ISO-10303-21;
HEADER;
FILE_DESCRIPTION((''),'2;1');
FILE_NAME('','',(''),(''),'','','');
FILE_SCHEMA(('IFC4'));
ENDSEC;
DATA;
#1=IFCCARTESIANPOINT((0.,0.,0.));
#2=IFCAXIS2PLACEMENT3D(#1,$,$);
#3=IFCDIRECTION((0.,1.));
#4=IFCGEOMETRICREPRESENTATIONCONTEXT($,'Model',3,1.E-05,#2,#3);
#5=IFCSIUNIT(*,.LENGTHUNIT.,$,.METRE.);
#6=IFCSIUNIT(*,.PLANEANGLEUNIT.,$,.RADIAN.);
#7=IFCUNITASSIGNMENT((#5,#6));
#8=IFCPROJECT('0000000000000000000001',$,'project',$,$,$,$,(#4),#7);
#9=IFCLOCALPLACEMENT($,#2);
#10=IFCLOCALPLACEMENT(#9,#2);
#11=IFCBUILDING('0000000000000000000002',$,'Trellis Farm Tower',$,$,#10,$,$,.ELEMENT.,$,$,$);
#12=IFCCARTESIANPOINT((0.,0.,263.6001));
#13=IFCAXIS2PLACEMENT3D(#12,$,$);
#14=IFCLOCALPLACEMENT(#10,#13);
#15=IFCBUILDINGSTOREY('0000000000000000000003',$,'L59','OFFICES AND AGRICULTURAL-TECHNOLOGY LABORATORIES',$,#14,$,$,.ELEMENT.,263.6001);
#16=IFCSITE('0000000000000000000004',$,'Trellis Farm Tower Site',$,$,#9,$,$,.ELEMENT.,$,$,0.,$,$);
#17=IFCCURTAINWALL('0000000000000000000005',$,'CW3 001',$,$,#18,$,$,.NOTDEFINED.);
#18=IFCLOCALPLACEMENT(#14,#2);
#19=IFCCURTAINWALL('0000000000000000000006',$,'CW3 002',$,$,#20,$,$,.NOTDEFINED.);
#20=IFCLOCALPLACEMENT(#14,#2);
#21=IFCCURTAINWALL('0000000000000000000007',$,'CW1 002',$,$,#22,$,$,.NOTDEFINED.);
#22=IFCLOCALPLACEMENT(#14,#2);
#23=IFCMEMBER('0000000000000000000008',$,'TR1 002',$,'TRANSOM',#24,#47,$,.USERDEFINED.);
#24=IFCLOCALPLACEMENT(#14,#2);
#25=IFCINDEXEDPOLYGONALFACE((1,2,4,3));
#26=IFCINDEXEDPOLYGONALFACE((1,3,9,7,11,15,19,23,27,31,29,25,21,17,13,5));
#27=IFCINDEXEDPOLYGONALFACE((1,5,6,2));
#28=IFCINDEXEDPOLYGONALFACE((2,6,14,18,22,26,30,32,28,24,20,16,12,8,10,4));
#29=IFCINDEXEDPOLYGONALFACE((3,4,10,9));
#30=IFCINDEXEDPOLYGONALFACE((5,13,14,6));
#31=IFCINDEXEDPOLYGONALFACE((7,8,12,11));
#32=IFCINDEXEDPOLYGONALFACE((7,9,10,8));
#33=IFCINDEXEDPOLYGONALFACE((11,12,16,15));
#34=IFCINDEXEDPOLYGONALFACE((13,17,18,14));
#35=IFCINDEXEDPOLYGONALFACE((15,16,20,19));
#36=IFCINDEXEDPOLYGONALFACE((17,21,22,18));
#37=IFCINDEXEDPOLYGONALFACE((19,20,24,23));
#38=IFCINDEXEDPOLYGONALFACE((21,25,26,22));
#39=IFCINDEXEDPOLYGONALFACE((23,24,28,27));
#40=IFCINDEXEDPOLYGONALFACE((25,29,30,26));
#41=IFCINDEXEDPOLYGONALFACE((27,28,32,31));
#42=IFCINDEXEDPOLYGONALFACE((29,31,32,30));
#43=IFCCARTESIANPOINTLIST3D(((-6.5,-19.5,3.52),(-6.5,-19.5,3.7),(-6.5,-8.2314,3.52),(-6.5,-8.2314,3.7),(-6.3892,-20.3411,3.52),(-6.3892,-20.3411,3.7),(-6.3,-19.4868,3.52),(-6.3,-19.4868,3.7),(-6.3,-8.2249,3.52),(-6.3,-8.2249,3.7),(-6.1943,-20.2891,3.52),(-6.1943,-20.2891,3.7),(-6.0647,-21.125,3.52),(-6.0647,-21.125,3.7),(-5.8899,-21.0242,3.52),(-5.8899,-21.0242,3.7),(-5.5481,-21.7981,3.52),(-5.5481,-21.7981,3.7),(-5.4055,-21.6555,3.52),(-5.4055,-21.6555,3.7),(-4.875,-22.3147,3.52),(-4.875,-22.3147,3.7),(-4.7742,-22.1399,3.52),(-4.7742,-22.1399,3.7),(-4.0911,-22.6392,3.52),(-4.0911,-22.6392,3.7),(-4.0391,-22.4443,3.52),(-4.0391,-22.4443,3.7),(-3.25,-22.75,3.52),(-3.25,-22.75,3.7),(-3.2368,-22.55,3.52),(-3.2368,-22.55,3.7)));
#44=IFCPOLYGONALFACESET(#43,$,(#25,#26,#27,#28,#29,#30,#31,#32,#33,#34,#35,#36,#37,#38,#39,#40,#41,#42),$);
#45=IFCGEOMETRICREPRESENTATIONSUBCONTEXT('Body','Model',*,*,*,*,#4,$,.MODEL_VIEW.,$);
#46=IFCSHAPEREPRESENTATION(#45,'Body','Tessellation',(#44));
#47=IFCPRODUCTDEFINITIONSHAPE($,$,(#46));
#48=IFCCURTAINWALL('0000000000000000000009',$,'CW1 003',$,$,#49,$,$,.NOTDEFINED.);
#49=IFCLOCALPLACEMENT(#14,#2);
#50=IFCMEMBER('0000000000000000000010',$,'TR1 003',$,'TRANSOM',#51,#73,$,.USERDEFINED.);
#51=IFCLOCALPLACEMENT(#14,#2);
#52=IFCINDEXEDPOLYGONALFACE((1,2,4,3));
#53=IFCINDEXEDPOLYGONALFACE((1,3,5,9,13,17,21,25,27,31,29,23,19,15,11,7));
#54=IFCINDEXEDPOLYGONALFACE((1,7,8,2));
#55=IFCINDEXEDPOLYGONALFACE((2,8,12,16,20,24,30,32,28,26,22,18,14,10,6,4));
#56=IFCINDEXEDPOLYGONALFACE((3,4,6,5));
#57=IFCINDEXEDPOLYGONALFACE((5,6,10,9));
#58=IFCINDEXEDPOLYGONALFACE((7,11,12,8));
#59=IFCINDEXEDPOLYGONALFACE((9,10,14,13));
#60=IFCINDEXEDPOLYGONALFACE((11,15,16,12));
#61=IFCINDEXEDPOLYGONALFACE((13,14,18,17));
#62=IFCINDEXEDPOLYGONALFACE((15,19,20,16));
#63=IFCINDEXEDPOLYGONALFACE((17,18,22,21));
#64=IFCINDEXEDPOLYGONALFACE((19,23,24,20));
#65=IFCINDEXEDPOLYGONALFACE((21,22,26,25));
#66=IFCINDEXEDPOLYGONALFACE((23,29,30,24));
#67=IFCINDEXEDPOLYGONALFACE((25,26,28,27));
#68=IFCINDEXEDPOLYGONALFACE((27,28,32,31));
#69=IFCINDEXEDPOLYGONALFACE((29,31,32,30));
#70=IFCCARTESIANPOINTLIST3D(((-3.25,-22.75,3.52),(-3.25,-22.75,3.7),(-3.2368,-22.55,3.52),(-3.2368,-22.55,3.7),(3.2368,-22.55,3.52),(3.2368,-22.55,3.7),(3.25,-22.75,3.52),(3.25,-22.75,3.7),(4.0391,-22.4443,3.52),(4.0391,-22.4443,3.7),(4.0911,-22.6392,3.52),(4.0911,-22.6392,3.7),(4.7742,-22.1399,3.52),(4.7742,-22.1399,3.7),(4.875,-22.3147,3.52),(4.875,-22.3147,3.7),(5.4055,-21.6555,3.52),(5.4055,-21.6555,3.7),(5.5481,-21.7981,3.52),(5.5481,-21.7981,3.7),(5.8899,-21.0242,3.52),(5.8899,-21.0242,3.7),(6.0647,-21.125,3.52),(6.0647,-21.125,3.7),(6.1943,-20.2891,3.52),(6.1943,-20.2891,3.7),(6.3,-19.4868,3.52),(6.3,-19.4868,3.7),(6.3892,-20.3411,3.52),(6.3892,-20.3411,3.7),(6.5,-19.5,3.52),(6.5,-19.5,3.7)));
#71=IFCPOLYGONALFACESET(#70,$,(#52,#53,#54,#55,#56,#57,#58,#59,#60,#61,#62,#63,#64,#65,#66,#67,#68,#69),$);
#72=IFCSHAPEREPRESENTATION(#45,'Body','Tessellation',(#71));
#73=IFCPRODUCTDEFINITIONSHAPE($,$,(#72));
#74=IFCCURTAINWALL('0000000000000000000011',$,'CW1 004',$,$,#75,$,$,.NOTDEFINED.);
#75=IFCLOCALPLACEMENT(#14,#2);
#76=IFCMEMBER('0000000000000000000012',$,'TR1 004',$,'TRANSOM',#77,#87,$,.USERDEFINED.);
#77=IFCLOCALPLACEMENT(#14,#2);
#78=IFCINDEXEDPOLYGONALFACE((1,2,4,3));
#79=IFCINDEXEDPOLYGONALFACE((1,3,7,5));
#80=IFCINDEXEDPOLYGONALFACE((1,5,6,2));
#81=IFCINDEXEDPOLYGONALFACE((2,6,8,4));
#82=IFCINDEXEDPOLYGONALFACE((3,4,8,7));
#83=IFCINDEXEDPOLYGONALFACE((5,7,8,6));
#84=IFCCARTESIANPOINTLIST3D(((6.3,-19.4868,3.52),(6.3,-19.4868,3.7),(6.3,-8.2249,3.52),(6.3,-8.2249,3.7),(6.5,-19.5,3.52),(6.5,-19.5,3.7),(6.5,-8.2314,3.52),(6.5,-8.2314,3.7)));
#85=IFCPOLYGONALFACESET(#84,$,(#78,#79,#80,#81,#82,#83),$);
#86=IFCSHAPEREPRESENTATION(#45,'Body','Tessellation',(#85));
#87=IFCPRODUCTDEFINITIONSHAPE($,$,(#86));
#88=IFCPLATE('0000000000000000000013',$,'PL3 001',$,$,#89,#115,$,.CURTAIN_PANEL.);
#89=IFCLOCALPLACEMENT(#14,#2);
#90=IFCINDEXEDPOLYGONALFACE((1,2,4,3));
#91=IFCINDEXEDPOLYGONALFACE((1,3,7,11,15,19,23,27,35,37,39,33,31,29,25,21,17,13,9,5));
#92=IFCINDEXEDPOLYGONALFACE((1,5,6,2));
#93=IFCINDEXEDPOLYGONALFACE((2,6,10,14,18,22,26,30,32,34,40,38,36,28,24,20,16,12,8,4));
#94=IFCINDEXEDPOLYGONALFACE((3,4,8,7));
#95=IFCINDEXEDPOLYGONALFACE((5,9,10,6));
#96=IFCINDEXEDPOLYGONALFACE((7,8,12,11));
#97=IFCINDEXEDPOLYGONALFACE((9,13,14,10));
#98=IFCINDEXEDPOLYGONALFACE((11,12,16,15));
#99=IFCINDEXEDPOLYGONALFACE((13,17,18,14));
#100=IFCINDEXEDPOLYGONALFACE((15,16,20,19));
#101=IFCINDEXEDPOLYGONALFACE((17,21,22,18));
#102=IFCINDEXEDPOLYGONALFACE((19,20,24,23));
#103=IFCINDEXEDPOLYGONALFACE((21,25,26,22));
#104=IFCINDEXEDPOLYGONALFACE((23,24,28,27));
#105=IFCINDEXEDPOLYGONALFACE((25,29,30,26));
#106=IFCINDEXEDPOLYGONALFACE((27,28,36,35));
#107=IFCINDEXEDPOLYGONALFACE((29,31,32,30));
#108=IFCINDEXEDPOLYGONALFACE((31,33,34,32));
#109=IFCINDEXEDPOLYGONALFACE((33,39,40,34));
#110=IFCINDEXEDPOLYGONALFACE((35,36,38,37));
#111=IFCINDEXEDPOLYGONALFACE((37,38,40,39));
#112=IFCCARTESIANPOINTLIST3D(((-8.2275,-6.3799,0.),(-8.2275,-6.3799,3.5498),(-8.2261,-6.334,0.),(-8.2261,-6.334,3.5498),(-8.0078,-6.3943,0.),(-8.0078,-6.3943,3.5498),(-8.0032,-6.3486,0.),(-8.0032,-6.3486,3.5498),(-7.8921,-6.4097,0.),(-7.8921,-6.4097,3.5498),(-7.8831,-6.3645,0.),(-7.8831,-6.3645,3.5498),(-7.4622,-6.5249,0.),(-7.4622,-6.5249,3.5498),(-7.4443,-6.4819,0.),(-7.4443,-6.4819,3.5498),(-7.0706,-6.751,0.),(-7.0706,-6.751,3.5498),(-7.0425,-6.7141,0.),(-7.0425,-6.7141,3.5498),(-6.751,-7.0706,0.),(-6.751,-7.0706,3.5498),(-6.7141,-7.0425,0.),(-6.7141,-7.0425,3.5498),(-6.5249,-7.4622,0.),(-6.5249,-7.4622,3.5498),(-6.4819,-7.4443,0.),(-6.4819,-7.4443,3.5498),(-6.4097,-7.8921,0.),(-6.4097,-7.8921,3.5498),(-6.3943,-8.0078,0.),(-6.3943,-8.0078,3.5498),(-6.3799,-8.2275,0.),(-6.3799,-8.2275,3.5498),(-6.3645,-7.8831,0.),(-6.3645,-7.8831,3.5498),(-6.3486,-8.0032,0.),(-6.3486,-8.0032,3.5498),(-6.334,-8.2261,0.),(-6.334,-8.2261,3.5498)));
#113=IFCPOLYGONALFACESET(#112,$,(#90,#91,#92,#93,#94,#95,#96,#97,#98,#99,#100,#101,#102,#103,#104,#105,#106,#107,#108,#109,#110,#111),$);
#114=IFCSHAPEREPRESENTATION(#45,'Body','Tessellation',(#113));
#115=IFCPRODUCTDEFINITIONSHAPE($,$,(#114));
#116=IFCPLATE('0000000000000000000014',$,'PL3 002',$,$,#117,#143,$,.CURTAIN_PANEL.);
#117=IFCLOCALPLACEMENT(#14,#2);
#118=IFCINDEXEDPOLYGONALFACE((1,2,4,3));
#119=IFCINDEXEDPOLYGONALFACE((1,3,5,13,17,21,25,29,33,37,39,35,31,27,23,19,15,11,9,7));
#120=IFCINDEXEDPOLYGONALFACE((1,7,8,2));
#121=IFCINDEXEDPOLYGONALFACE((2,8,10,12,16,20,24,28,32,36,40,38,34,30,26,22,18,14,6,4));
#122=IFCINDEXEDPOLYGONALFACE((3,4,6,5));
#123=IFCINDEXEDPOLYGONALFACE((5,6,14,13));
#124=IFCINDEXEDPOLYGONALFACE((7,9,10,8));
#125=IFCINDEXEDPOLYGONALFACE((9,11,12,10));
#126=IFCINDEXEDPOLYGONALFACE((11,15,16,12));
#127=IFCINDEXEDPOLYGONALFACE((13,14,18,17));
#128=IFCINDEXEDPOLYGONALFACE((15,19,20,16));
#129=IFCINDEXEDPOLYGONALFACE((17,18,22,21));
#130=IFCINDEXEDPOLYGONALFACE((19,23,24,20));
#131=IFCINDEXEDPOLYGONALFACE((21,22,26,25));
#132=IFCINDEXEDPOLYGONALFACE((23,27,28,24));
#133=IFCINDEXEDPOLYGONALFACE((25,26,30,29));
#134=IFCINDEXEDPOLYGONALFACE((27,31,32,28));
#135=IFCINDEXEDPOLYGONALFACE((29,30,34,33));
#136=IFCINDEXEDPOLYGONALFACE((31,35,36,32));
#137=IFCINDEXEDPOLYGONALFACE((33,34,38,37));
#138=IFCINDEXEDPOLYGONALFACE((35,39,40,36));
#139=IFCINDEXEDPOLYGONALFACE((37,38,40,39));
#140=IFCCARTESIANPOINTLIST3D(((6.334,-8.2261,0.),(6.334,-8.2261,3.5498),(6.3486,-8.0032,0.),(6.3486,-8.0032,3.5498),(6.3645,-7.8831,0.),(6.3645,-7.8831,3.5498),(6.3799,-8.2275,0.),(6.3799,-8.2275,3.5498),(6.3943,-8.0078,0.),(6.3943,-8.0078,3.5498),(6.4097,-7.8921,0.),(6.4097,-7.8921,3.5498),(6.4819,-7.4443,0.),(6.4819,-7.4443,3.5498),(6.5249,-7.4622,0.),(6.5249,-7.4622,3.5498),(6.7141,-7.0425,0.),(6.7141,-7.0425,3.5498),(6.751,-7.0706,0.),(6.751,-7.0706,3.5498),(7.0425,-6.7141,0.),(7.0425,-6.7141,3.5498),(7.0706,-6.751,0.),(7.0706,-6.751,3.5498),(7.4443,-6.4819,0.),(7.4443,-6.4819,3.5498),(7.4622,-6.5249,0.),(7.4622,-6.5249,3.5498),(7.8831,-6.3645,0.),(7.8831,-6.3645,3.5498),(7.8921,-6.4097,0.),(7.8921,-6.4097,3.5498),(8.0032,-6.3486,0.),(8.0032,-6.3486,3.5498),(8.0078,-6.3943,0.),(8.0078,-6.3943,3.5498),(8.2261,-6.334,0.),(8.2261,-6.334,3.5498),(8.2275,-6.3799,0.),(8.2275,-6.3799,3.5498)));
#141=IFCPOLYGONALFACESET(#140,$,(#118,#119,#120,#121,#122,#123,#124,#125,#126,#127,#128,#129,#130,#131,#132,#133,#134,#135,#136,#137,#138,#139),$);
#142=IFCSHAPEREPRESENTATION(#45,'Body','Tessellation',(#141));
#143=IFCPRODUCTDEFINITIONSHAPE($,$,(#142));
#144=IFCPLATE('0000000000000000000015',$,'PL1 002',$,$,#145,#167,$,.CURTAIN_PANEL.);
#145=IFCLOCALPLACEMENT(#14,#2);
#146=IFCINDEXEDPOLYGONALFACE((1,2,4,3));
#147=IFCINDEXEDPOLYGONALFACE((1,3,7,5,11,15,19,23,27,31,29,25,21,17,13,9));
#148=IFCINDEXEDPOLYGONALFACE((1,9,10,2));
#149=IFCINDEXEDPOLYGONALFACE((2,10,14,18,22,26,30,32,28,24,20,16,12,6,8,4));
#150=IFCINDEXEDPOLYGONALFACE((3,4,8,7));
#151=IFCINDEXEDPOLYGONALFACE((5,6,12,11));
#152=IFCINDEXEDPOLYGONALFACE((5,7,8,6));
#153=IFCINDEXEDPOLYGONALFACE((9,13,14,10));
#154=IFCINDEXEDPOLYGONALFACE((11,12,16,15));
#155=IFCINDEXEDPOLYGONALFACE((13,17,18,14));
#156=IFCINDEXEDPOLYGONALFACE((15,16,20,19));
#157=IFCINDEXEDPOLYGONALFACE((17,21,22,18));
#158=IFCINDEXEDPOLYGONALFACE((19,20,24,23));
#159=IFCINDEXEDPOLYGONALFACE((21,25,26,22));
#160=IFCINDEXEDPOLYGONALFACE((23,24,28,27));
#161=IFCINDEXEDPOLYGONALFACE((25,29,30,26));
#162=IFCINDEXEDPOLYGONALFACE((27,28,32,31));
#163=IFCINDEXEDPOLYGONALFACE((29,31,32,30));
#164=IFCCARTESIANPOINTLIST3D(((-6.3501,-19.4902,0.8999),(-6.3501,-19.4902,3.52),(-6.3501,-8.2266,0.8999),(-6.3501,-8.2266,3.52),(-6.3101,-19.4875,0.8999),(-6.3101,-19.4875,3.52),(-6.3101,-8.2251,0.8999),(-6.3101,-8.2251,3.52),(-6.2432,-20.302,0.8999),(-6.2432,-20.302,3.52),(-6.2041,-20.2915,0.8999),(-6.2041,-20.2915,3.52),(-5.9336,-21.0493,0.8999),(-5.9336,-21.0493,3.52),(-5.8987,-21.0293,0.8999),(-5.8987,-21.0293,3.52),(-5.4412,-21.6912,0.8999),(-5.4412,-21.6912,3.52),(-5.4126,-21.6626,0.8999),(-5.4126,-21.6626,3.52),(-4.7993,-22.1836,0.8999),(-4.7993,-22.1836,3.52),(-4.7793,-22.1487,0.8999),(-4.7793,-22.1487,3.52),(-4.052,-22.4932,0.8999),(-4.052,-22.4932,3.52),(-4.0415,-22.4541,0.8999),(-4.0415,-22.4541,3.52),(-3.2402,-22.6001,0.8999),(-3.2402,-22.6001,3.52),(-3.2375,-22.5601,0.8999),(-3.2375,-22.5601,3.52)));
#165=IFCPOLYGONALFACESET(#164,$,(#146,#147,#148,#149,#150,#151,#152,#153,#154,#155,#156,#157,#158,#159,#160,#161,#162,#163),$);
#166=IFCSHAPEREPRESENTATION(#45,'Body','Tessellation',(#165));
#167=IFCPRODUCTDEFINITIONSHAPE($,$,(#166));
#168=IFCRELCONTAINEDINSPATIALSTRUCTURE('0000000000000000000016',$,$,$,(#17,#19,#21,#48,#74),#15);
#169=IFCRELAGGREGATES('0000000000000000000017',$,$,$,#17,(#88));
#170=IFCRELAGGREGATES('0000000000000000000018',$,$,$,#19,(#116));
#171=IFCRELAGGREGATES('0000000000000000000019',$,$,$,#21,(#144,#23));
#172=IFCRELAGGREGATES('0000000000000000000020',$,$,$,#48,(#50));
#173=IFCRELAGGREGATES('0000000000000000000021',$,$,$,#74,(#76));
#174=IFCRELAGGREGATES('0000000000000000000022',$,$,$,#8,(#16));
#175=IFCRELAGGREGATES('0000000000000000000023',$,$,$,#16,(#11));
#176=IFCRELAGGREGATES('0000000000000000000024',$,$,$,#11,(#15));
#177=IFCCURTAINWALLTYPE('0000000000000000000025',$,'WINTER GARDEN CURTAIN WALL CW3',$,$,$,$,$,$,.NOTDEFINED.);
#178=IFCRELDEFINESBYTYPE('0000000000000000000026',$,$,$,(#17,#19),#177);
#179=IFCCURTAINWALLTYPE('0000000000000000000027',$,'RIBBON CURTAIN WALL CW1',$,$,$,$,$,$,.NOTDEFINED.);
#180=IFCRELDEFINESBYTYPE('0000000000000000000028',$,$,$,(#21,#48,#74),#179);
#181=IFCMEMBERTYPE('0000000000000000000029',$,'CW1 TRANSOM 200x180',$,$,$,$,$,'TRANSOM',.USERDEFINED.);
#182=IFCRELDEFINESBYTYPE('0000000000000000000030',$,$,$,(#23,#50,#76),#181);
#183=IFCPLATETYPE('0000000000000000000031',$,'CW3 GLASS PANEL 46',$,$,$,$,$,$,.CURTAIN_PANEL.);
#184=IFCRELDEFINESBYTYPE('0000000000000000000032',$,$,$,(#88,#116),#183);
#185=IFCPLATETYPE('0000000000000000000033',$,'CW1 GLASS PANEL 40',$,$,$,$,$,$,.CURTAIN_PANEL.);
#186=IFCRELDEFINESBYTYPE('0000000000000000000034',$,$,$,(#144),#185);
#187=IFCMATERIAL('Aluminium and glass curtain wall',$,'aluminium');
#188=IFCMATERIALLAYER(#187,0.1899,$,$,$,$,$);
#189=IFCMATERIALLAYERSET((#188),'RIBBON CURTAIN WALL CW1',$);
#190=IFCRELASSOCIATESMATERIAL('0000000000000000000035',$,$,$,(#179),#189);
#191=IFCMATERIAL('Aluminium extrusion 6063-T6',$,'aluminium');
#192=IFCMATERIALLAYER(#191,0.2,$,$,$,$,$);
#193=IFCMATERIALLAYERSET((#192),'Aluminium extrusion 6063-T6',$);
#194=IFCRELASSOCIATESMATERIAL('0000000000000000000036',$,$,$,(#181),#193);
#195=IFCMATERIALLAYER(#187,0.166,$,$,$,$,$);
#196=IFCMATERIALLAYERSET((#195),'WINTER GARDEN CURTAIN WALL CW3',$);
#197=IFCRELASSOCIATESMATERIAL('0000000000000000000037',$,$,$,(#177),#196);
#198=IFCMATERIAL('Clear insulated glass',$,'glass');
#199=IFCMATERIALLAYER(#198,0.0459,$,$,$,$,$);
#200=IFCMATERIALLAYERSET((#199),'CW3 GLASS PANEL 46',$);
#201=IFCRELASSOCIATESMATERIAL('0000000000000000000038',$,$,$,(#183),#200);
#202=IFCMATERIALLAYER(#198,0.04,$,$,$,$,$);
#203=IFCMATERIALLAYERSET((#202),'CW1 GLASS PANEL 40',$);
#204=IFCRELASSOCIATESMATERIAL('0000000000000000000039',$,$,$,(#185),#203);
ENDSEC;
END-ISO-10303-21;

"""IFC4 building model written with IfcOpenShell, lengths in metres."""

from ifc_helpers import new_model, si_unit, direction, frame, origin, place, context, subcontext, project, spatial, polyline, outline, extrude, source, transform, mapped, material, layer, layer_set, type_object, element, aggregate, save


model = new_model("IFC4")

# Units and contexts
model_context = context("Model", 3, precision=1e-05, world=origin(), true_north=direction((0.0, 1.0)))
body_context = subcontext(model_context, "Body", "Model", "MODEL_VIEW")
ifc_project = project(units=[si_unit("LENGTHUNIT", "METRE"), si_unit("PLANEANGLEUNIT", "RADIAN")], contexts=[model_context])

# Site, building, storey
site_placement = place(None, origin())
site = spatial("IfcSite", under=ifc_project, at=site_placement, Name="Trellis Farm Tower Site", CompositionType="ELEMENT", RefElevation=0.0)
building_placement = place(site_placement, origin())
building = spatial("IfcBuilding", under=site, at=building_placement, Name="Trellis Farm Tower", CompositionType="ELEMENT")
storey_placement = place(building_placement, frame((0.0, 0.0, 263.6001)))
storey = spatial("IfcBuildingStorey", under=building, at=storey_placement, Name="L59", Description="OFFICES AND AGRICULTURAL-TECHNOLOGY LABORATORIES", CompositionType="ELEMENT", Elevation=263.6001)

# Curtain walls, members
ifc_material_1 = material(Name="Aluminium and glass curtain wall", Category="aluminium")
ifc_layer_1 = layer(ifc_material_1, 0.1899)
ifc_layer_set_1 = layer_set([ifc_layer_1], Name="RIBBON CURTAIN WALL CW1")
curtain_wall_type_1 = type_object("IfcCurtainWallType", Name="RIBBON CURTAIN WALL CW1", PredefinedType="NOTDEFINED", material=ifc_layer_set_1)
placement_1 = place(storey_placement, origin())
ifc_material_2 = material(Name="Aluminium extrusion 6063-T6", Category="aluminium")
ifc_layer_2 = layer(ifc_material_2, 0.2)
ifc_layer_set_2 = layer_set([ifc_layer_2], Name="Aluminium extrusion 6063-T6")
member_type_1 = type_object("IfcMemberType", Name="CW1 TRANSOM 200x180", ElementType="TRANSOM", PredefinedType="USERDEFINED", material=ifc_layer_set_2)
placement_2 = place(storey_placement, frame((0.0, 0.0, 3.52)))
ifc_layer_3 = layer(ifc_material_1, 0.166)
ifc_layer_set_3 = layer_set([ifc_layer_3], Name="WINTER GARDEN CURTAIN WALL CW3")
curtain_wall_type_2 = type_object("IfcCurtainWallType", Name="WINTER GARDEN CURTAIN WALL CW3", PredefinedType="NOTDEFINED", material=ifc_layer_set_3)
curtain_wall_1 = element("IfcCurtainWall", 1, at=placement_1, inside=storey, type_object=curtain_wall_type_2, Name="CW3 001", PredefinedType="NOTDEFINED")
curtain_wall_2 = element("IfcCurtainWall", 2, at=placement_1, inside=storey, type_object=curtain_wall_type_2, Name="CW3 002", PredefinedType="NOTDEFINED")
curtain_wall_3 = element("IfcCurtainWall", 3, at=placement_1, inside=storey, type_object=curtain_wall_type_1, Name="CW1 002", PredefinedType="NOTDEFINED")
shared_shape_1 = source(origin(), body_context, "Body", "SweptSolid", [
    extrude(outline(polyline([(-6.5, -8.2314), (-6.5, -19.5), (-6.3892, -20.3411), (-6.0647, -21.125), (-5.5481, -21.7981), (-4.875, -22.3147), (-4.0911, -22.6392), (-3.25, -22.75), (-3.2368, -22.55), (-4.0391, -22.4443), (-4.7742, -22.1399), (-5.4055, -21.6555), (-5.8899, -21.0242), (-6.1943, -20.2891), (-6.3, -19.4868), (-6.3, -8.2249), (-6.5, -8.2314)])), origin(), (0.0, 0.0, 1.0), 0.1799),
])
member_1 = element("IfcMember", 4, at=placement_2, type_object=member_type_1, Name="TR1 002", ObjectType="TRANSOM", PredefinedType="USERDEFINED", context=body_context, shape_type="MappedRepresentation", body=[
    mapped(shared_shape_1, transform((0.0, 0.0, 0.0))),
])
curtain_wall_4 = element("IfcCurtainWall", 5, at=placement_1, inside=storey, type_object=curtain_wall_type_1, Name="CW1 003", PredefinedType="NOTDEFINED")
shared_shape_2 = source(origin(), body_context, "Body", "SweptSolid", [
    extrude(outline(polyline([(-3.25, -22.75), (3.25, -22.75), (4.0911, -22.6392), (4.875, -22.3147), (5.5481, -21.7981), (6.0647, -21.125), (6.3892, -20.3411), (6.5, -19.5), (6.3, -19.4868), (6.1943, -20.2891), (5.8899, -21.0242), (5.4055, -21.6555), (4.7742, -22.1399), (4.0391, -22.4443), (3.2368, -22.55), (-3.2368, -22.55), (-3.25, -22.75)])), origin(), (0.0, 0.0, 1.0), 0.1799),
])
member_2 = element("IfcMember", 6, at=placement_2, type_object=member_type_1, Name="TR1 003", ObjectType="TRANSOM", PredefinedType="USERDEFINED", context=body_context, shape_type="MappedRepresentation", body=[
    mapped(shared_shape_2, transform((0.0, 0.0, 0.0))),
])
curtain_wall_5 = element("IfcCurtainWall", 7, at=placement_1, inside=storey, type_object=curtain_wall_type_1, Name="CW1 004", PredefinedType="NOTDEFINED")
shared_shape_3 = source(origin(), body_context, "Body", "SweptSolid", [
    extrude(outline(polyline([(6.5, -19.5), (6.5, -8.2314), (6.3, -8.2249), (6.3, -19.4868), (6.5, -19.5)])), origin(), (0.0, 0.0, 1.0), 0.1799),
])
member_3 = element("IfcMember", 8, at=placement_2, type_object=member_type_1, Name="TR1 004", ObjectType="TRANSOM", PredefinedType="USERDEFINED", context=body_context, shape_type="MappedRepresentation", body=[
    mapped(shared_shape_3, transform((0.0, 0.0, 0.0))),
])

# Plates
ifc_material_3 = material(Name="Clear insulated glass", Category="glass")
ifc_layer_4 = layer(ifc_material_3, 0.0459)
ifc_layer_set_4 = layer_set([ifc_layer_4], Name="CW3 GLASS PANEL 46")
plate_type_1 = type_object("IfcPlateType", Name="CW3 GLASS PANEL 46", PredefinedType="CURTAIN_PANEL", material=ifc_layer_set_4)
shared_shape_4 = source(origin(), body_context, "Body", "SweptSolid", [
    extrude(outline(polyline([(-8.2275, -6.3799), (-8.0078, -6.3943), (-7.8921, -6.4097), (-7.4622, -6.5249), (-7.0706, -6.751), (-6.751, -7.0706), (-6.5249, -7.4622), (-6.4097, -7.8921), (-6.3943, -8.0078), (-6.3799, -8.2275), (-6.334, -8.2261), (-6.3486, -8.0032), (-6.3645, -7.8831), (-6.4819, -7.4443), (-6.7141, -7.0425), (-7.0425, -6.7141), (-7.4443, -6.4819), (-7.8831, -6.3645), (-8.0032, -6.3486), (-8.2261, -6.334), (-8.2275, -6.3799)])), origin(), (0.0, 0.0, 1.0), 3.5498),
])
plate_1 = element("IfcPlate", 9, at=placement_1, type_object=plate_type_1, Name="PL3 001", PredefinedType="CURTAIN_PANEL", context=body_context, shape_type="MappedRepresentation", body=[
    mapped(shared_shape_4, transform((0.0, 0.0, 0.0))),
])
aggregate(curtain_wall_1, [plate_1])
shared_shape_5 = source(origin(), body_context, "Body", "SweptSolid", [
    extrude(outline(polyline([(6.3799, -8.2275), (6.3943, -8.0078), (6.4097, -7.8921), (6.5249, -7.4622), (6.751, -7.0706), (7.0706, -6.751), (7.4622, -6.5249), (7.8921, -6.4097), (8.0078, -6.3943), (8.2275, -6.3799), (8.2261, -6.334), (8.0032, -6.3486), (7.8831, -6.3645), (7.4443, -6.4819), (7.0425, -6.7141), (6.7141, -7.0425), (6.4819, -7.4443), (6.3645, -7.8831), (6.3486, -8.0032), (6.334, -8.2261), (6.3799, -8.2275)])), origin(), (0.0, 0.0, 1.0), 3.5498),
])
plate_2 = element("IfcPlate", 10, at=placement_1, type_object=plate_type_1, Name="PL3 002", PredefinedType="CURTAIN_PANEL", context=body_context, shape_type="MappedRepresentation", body=[
    mapped(shared_shape_5, transform((0.0, 0.0, 0.0))),
])
aggregate(curtain_wall_2, [plate_2])
ifc_layer_5 = layer(ifc_material_3, 0.04)
ifc_layer_set_5 = layer_set([ifc_layer_5], Name="CW1 GLASS PANEL 40")
plate_type_2 = type_object("IfcPlateType", Name="CW1 GLASS PANEL 40", PredefinedType="CURTAIN_PANEL", material=ifc_layer_set_5)
shared_shape_6 = source(origin(), body_context, "Body", "SweptSolid", [
    extrude(outline(polyline([(-6.3501, -8.2266), (-6.3501, -19.4902), (-6.2432, -20.302), (-5.9336, -21.0493), (-5.4412, -21.6912), (-4.7993, -22.1836), (-4.052, -22.4932), (-3.2402, -22.6001), (-3.2375, -22.5601), (-4.0415, -22.4541), (-4.7793, -22.1487), (-5.4126, -21.6626), (-5.8987, -21.0293), (-6.2041, -20.2915), (-6.3101, -19.4875), (-6.3101, -8.2251), (-6.3501, -8.2266)])), origin(), (0.0, 0.0, 1.0), 2.6201),
])
placement_3 = place(storey_placement, frame((0.0, 0.0, 0.8999)))
plate_3 = element("IfcPlate", 11, at=placement_3, type_object=plate_type_2, Name="PL1 002", PredefinedType="CURTAIN_PANEL", context=body_context, shape_type="MappedRepresentation", body=[
    mapped(shared_shape_6, transform((0.0, 0.0, 0.0))),
])
aggregate(curtain_wall_3, [plate_3, member_1])
aggregate(curtain_wall_4, [member_2])
aggregate(curtain_wall_5, [member_3])

save(model, "model.ifc")
